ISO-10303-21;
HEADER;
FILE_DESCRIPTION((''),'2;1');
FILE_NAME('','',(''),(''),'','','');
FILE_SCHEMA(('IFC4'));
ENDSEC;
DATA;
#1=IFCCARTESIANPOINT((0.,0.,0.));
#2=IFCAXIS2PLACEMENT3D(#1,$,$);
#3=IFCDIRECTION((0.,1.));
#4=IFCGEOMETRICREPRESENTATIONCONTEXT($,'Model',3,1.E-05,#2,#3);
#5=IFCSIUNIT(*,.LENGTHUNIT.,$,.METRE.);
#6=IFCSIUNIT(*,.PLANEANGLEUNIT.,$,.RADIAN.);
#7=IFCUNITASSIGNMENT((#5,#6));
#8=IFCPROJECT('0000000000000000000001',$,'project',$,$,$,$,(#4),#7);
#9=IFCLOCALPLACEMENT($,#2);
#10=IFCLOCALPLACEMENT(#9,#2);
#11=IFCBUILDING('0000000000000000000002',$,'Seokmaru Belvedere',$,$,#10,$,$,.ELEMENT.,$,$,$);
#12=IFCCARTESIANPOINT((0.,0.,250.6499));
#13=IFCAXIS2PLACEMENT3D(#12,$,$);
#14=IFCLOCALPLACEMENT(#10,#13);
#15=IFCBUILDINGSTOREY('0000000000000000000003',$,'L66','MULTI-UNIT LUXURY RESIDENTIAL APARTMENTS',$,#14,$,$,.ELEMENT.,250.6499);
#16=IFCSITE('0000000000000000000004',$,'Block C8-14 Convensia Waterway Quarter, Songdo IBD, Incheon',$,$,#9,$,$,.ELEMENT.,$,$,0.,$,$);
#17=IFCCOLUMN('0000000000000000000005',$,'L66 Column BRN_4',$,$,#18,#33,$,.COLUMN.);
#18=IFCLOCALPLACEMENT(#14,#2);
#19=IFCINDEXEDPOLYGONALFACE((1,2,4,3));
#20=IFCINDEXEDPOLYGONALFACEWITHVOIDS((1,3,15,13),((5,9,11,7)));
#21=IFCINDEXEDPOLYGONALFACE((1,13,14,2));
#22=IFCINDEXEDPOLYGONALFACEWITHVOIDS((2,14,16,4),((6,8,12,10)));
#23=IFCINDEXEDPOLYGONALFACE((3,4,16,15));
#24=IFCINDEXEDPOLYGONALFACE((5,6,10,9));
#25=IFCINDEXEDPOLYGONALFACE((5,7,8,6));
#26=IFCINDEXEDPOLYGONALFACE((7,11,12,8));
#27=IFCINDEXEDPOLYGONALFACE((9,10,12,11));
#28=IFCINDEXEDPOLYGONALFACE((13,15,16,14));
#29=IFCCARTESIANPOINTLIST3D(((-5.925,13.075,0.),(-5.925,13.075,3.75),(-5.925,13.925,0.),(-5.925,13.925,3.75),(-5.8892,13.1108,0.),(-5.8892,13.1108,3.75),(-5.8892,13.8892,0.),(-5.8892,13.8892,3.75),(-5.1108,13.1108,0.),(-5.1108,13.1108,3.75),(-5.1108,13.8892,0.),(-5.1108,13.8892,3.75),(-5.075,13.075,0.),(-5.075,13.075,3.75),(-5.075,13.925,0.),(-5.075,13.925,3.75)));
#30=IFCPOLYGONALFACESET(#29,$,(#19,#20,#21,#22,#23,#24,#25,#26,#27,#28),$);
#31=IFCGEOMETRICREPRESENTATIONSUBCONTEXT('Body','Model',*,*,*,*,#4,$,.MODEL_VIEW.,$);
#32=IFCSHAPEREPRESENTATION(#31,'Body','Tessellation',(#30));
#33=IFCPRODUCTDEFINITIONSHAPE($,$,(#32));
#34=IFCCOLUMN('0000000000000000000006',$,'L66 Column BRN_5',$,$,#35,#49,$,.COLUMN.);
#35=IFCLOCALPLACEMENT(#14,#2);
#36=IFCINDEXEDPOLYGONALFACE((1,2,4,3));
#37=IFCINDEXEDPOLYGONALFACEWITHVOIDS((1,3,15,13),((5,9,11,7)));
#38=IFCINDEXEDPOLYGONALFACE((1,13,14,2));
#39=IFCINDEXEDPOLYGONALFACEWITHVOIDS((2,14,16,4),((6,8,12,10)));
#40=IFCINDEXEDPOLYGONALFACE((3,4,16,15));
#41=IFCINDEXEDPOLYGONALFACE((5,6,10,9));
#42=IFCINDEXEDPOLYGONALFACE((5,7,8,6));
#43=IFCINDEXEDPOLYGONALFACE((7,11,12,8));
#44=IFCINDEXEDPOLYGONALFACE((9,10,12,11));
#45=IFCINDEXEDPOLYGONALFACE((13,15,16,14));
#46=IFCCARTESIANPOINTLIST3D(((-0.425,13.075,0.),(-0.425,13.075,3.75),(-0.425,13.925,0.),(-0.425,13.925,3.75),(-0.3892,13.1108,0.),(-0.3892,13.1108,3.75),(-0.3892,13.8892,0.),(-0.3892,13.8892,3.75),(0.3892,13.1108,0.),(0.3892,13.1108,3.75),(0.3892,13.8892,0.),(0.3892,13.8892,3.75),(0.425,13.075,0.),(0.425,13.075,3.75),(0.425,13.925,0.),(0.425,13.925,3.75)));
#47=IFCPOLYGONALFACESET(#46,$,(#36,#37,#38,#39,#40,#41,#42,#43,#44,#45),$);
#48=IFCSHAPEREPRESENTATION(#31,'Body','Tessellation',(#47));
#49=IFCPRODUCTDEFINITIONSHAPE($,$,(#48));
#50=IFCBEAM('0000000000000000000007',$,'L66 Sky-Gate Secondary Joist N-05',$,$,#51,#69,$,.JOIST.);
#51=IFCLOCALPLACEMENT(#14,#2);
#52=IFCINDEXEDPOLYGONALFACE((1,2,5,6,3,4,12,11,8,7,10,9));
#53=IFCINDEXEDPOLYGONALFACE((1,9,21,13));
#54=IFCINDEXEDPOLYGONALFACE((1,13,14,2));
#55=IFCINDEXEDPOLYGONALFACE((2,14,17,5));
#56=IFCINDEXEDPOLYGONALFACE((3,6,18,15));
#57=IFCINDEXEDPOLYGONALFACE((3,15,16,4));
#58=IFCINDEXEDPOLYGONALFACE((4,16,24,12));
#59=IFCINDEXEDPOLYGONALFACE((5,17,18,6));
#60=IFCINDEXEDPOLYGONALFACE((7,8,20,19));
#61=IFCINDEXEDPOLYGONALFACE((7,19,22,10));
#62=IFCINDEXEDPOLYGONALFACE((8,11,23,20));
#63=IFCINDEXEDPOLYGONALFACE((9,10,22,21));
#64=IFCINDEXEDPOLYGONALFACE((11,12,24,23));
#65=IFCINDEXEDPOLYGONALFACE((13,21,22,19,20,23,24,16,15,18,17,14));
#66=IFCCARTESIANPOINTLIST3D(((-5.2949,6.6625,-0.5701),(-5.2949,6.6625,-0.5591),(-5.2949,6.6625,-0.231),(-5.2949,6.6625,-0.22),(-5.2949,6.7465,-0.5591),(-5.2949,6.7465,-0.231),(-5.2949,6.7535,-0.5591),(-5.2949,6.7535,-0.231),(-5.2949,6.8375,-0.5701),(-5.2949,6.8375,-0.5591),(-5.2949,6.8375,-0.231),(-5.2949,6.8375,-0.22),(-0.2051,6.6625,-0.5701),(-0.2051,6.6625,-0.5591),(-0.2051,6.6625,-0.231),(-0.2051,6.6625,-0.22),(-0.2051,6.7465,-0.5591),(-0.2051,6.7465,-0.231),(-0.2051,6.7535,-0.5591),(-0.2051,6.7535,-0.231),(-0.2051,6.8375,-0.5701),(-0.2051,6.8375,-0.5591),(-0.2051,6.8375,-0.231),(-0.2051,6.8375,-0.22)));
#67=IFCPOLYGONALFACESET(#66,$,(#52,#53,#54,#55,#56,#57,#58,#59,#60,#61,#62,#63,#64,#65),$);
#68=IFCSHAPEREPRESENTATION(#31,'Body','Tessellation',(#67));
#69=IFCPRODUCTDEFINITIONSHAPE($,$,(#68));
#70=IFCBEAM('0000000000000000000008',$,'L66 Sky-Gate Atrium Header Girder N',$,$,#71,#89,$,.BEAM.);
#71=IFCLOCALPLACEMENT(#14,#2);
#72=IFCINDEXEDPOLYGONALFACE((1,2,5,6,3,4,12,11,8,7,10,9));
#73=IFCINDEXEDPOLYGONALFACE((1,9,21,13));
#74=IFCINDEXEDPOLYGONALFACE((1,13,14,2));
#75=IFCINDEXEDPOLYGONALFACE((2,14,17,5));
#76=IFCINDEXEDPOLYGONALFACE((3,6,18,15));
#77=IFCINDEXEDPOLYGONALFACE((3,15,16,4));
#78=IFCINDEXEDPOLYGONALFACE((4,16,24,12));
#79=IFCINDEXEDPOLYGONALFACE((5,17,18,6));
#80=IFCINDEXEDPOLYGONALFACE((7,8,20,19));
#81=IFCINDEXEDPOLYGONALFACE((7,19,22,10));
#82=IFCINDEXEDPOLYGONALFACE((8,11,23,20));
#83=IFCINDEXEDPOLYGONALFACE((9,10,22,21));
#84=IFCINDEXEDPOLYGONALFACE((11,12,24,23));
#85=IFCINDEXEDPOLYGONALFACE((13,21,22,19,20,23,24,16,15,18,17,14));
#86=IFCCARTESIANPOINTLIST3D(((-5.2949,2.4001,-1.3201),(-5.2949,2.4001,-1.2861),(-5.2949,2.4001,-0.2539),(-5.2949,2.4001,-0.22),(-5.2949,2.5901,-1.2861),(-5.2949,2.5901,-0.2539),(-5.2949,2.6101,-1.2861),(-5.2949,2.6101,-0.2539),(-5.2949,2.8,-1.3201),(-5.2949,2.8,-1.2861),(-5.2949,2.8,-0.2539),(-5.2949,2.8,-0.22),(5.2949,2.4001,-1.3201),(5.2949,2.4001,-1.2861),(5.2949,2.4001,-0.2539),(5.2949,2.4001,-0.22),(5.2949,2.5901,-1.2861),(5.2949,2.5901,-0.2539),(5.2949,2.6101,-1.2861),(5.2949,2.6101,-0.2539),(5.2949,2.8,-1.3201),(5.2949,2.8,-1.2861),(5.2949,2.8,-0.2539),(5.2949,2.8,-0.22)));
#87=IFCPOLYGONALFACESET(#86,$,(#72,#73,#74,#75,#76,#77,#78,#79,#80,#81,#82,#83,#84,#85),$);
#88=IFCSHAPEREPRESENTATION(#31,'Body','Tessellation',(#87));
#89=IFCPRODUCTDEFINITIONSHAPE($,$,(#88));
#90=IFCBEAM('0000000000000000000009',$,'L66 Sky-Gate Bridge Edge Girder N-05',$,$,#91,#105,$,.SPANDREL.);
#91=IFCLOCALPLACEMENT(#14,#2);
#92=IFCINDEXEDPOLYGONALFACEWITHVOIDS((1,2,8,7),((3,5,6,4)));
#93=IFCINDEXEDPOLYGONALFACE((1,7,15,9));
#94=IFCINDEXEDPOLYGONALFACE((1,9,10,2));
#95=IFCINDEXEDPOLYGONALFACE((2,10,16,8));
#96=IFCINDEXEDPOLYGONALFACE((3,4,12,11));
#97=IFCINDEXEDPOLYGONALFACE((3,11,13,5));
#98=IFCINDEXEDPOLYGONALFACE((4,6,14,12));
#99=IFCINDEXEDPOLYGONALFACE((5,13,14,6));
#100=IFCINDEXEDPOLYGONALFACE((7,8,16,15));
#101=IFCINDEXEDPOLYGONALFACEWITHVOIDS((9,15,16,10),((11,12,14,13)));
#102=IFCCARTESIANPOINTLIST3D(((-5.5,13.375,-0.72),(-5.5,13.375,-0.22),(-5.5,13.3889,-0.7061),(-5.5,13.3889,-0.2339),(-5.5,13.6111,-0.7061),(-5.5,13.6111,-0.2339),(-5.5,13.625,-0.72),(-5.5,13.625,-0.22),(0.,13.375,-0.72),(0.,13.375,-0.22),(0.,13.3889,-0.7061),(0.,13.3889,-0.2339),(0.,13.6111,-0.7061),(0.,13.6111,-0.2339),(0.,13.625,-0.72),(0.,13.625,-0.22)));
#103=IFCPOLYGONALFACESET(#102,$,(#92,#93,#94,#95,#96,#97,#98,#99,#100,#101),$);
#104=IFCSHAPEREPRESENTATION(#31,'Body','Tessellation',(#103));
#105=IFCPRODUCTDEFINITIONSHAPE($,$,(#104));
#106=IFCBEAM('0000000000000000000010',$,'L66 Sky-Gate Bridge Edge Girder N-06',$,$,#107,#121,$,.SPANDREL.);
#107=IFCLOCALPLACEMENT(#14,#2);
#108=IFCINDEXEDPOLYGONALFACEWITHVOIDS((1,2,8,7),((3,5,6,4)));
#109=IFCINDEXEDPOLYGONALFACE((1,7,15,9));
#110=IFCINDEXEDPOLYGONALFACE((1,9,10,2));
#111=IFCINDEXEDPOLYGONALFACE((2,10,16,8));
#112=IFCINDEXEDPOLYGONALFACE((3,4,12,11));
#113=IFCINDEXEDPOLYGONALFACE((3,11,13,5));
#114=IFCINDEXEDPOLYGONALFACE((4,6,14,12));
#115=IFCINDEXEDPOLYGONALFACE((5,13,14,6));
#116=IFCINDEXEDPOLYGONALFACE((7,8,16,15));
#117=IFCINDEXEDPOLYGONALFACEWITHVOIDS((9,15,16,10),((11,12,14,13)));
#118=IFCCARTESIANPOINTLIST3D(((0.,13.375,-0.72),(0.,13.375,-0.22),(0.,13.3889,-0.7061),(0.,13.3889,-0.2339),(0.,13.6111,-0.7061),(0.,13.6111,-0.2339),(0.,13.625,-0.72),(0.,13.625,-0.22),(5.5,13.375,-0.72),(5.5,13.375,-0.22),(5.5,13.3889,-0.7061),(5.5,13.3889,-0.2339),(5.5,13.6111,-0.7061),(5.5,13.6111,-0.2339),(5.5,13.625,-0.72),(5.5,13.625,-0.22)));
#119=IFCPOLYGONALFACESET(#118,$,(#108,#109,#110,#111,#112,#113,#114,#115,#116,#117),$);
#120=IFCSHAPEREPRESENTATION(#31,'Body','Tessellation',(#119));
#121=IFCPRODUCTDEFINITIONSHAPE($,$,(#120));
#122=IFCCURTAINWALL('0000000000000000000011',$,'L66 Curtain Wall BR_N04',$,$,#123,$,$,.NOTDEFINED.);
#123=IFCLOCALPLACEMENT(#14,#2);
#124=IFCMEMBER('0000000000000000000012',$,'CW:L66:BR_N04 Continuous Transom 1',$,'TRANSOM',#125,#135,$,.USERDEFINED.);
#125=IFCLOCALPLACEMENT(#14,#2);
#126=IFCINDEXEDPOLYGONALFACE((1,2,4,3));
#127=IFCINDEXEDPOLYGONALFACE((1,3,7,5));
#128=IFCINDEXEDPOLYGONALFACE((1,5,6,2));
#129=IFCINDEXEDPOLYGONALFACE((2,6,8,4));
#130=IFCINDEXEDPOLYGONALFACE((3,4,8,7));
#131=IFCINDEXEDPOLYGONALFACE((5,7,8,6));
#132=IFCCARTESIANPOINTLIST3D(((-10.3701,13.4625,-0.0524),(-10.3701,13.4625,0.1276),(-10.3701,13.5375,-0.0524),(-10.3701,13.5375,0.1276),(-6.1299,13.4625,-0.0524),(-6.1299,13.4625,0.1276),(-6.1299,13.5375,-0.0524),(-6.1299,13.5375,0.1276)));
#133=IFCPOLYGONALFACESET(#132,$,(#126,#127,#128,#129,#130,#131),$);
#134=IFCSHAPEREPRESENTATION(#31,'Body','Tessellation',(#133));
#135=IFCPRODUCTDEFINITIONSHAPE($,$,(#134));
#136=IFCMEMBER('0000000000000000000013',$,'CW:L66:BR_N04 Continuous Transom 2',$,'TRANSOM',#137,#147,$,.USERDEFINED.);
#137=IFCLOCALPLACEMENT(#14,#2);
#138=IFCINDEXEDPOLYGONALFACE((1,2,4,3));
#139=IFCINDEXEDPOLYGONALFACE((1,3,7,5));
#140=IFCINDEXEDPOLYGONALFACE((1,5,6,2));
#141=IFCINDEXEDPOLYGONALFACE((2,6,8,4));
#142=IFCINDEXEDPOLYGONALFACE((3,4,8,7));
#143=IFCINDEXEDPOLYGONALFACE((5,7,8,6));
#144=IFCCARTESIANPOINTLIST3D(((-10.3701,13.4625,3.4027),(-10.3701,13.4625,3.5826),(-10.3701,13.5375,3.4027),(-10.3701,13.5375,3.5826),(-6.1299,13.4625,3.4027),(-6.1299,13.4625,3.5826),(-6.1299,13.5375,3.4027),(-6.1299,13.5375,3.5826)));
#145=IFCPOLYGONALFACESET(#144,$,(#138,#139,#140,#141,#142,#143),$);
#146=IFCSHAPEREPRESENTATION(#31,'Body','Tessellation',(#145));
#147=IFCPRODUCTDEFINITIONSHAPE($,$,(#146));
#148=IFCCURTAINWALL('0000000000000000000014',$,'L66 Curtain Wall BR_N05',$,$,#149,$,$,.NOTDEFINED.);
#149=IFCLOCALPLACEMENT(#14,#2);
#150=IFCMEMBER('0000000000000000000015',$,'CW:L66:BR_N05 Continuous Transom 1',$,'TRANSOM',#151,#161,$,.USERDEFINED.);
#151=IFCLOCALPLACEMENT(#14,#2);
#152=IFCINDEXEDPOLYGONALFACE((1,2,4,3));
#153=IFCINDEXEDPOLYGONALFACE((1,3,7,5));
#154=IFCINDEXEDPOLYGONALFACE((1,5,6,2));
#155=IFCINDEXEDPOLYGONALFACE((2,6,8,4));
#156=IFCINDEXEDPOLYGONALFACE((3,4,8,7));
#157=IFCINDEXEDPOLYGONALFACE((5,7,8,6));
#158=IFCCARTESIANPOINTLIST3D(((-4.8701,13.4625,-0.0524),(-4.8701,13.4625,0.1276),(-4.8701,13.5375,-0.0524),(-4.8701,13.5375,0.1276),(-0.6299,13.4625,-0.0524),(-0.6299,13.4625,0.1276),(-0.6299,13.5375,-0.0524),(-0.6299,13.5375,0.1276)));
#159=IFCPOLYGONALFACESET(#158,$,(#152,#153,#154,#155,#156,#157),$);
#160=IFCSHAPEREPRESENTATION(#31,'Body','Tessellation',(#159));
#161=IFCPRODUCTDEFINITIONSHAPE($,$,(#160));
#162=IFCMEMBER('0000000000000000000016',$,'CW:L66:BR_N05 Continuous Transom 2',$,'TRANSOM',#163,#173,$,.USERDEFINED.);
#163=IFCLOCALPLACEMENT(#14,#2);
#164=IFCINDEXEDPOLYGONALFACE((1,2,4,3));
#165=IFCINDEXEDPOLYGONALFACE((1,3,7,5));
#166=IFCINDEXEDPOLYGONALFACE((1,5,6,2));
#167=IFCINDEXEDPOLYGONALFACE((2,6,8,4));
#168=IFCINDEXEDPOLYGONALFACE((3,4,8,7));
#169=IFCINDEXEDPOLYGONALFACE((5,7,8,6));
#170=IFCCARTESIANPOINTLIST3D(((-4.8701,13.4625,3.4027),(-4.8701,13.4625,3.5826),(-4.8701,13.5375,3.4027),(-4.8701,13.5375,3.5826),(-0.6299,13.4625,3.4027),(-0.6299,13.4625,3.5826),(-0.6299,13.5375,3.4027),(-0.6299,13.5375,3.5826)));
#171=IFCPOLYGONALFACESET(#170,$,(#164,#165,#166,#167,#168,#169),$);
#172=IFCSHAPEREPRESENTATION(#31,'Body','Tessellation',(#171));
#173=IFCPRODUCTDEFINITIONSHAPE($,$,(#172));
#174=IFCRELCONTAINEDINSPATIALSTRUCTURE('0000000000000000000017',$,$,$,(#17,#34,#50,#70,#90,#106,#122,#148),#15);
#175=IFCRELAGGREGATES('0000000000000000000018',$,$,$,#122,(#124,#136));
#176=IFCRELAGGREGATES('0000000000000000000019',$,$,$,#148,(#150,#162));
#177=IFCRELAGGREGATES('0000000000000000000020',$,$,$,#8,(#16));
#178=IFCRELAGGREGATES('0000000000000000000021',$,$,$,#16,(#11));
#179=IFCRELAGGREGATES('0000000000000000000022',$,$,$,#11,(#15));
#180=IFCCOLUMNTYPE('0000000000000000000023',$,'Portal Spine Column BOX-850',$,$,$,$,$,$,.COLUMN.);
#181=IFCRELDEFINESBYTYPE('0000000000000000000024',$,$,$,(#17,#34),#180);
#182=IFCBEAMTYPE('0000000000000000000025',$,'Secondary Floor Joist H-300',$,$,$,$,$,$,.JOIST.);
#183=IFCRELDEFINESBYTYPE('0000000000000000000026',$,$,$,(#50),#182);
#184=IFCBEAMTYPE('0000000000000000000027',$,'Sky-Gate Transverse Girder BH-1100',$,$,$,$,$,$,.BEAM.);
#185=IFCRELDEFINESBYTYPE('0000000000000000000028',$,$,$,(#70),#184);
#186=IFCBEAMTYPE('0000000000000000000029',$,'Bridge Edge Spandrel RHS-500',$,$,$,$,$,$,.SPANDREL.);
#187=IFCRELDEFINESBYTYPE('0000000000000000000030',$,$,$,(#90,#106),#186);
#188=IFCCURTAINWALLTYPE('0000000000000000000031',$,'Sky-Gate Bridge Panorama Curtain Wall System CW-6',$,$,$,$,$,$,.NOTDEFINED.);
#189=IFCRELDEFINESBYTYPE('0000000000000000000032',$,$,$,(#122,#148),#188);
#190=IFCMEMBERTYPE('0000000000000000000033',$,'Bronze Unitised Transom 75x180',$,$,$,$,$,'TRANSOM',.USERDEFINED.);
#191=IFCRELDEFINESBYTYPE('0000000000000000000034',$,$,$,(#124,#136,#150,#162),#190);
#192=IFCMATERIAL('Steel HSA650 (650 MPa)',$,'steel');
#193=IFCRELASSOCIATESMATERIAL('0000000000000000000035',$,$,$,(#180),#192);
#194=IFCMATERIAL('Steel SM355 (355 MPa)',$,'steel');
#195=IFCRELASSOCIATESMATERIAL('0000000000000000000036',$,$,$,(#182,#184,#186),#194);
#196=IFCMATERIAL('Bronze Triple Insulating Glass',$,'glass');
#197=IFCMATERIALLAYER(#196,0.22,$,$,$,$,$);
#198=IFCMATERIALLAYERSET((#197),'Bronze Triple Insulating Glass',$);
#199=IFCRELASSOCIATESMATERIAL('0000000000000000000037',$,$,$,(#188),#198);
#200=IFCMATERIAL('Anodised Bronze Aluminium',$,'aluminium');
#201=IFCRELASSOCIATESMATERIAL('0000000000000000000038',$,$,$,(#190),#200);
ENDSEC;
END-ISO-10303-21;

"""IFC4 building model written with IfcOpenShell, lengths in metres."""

from ifc_helpers import new_model, si_unit, direction, frame, origin, origin_2d, place, context, subcontext, project, spatial, rectangle, hollow_rectangle, i_section, extrude, source, transform, mapped, material, layer, layer_set, material_profile, profile_set, type_object, type_shapes, element, aggregate, save


model = new_model("IFC4")

# Units and contexts
model_context = context("Model", 3, precision=1e-05, world=origin(), true_north=direction((0.0, 1.0)))
body_context = subcontext(model_context, "Body", "Model", "MODEL_VIEW")
ifc_project = project(units=[si_unit("LENGTHUNIT", "METRE"), si_unit("PLANEANGLEUNIT", "RADIAN")], contexts=[model_context])

# Site, building, storey
site_placement = place(None, origin())
site = spatial("IfcSite", under=ifc_project, at=site_placement, Name="Block C8-14 Convensia Waterway Quarter, Songdo IBD, Incheon", CompositionType="ELEMENT", RefElevation=0.0)
building_placement = place(site_placement, origin())
building = spatial("IfcBuilding", under=site, at=building_placement, Name="Seokmaru Belvedere", CompositionType="ELEMENT")
storey_placement = place(building_placement, frame((0.0, 0.0, 250.6499)))
storey = spatial("IfcBuildingStorey", under=building, at=storey_placement, Name="L66", Description="MULTI-UNIT LUXURY RESIDENTIAL APARTMENTS", CompositionType="ELEMENT", Elevation=250.6499)

# Columns
ifc_material_1 = material(Name="Steel HSA650 (650 MPa)", Category="steel")
ifc_material_profile_1 = material_profile(ifc_material_1, hollow_rectangle(XDim=0.8501, YDim=0.8501, WallThickness=0.0359, at=origin_2d()), Name="BOX-850x850x36")
ifc_profile_set_1 = profile_set([ifc_material_profile_1], Name="Steel HSA650 (650 MPa)")
column_type = type_object("IfcColumnType", Name="Portal Spine Column BOX-850", PredefinedType="COLUMN", material=ifc_profile_set_1)
shared_shape_1 = source(origin(), body_context, "Body", "SweptSolid", [
    extrude(hollow_rectangle(XDim=0.8501, YDim=0.8501, WallThickness=0.0359, at=origin_2d()), origin(), (0.0, 0.0, 1.0), 3.75),
])
type_shapes(column_type, [shared_shape_1])
for number, where, z_axis, x_axis, name in (
    (1, (-5.5, 13.5, 0.0), (0.0, 0.0, 1.0), (1.0, 0.0, 0.0), "L66 Column BRN_4"),
    (2, (0.0, 13.5, 0.0), (0.0, 0.0, 1.0), (1.0, 0.0, 0.0), "L66 Column BRN_5"),
):
    element("IfcColumn", number, at=place(storey_placement, frame(where, z_axis=z_axis, x_axis=x_axis)), inside=storey, type_object=column_type, Name=name, PredefinedType="COLUMN", context=body_context, shape_type="MappedRepresentation", body=[
        mapped(shared_shape_1, transform((0.0, 0.0, 0.0), scale=1.0)),
    ])

# Beams
ifc_material_2 = material(Name="Steel SM355 (355 MPa)", Category="steel")
ifc_material_profile_2 = material_profile(ifc_material_2, i_section(OverallWidth=0.175, OverallDepth=0.3501, WebThickness=0.0071, FlangeThickness=0.011, at=origin_2d()), Name="H-350x175x7x11")
ifc_profile_set_2 = profile_set([ifc_material_profile_2], Name="Steel SM355 (355 MPa)")
beam_type_1 = type_object("IfcBeamType", Name="Secondary Floor Joist H-300", PredefinedType="JOIST", material=ifc_profile_set_2)
shared_shape_2 = source(origin(), body_context, "Body", "SweptSolid", [
    extrude(i_section(OverallWidth=0.175, OverallDepth=0.3501, WebThickness=0.0071, FlangeThickness=0.011, at=origin_2d()), origin(), (0.0, 0.0, 1.0), 5.0898),
])
type_shapes(beam_type_1, [shared_shape_2])
beam_1_placement = place(storey_placement, frame((-5.2949, 6.75, -0.395), z_axis=(1.0, 0.0, 0.0), x_axis=(0.0, 1.0, 0.0)))
element("IfcBeam", 3, at=beam_1_placement, inside=storey, type_object=beam_type_1, Name="L66 Sky-Gate Secondary Joist N-05", PredefinedType="JOIST", context=body_context, shape_type="MappedRepresentation", body=[
    mapped(shared_shape_2, transform((0.0, 0.0, 0.0), scale=1.0)),
])
ifc_material_profile_3 = material_profile(ifc_material_2, i_section(OverallWidth=0.3999, OverallDepth=1.1001, WebThickness=0.02, FlangeThickness=0.0339, at=origin_2d()), Name="BH-1100x400x20x34")
ifc_profile_set_3 = profile_set([ifc_material_profile_3], Name="Steel SM355 (355 MPa)")
beam_type_2 = type_object("IfcBeamType", Name="Sky-Gate Transverse Girder BH-1100", PredefinedType="BEAM", material=ifc_profile_set_3)
shared_shape_3 = source(origin(), body_context, "Body", "SweptSolid", [
    extrude(i_section(OverallWidth=0.3999, OverallDepth=1.1001, WebThickness=0.02, FlangeThickness=0.0339, at=origin_2d()), origin(), (0.0, 0.0, 1.0), 10.5898),
])
type_shapes(beam_type_2, [shared_shape_3])
beam_2_placement = place(storey_placement, frame((-5.2949, 2.6001, -0.77), z_axis=(1.0, 0.0, 0.0), x_axis=(0.0, 1.0, 0.0)))
element("IfcBeam", 4, at=beam_2_placement, inside=storey, type_object=beam_type_2, Name="L66 Sky-Gate Atrium Header Girder N", PredefinedType="BEAM", context=body_context, shape_type="MappedRepresentation", body=[
    mapped(shared_shape_3, transform((0.0, 0.0, 0.0), scale=1.0)),
])
ifc_material_profile_4 = material_profile(ifc_material_2, hollow_rectangle(XDim=0.25, YDim=0.5, WallThickness=0.0139, at=origin_2d()), Name="RHS-500x250x14")
ifc_profile_set_4 = profile_set([ifc_material_profile_4], Name="Steel SM355 (355 MPa)")
beam_type_3 = type_object("IfcBeamType", Name="Bridge Edge Spandrel RHS-500", PredefinedType="SPANDREL", material=ifc_profile_set_4)
shared_shape_4 = source(origin(), body_context, "Body", "SweptSolid", [
    extrude(hollow_rectangle(XDim=0.25, YDim=0.5, WallThickness=0.0139, at=origin_2d()), origin(), (0.0, 0.0, 1.0), 5.5),
])
type_shapes(beam_type_3, [shared_shape_4])
for number, where, z_axis, x_axis, name in (
    (5, (-5.5, 13.5, -0.47), (1.0, 0.0, 0.0), (0.0, 1.0, 0.0), "L66 Sky-Gate Bridge Edge Girder N-05"),
    (6, (0.0, 13.5, -0.47), (1.0, 0.0, 0.0), (0.0, 1.0, 0.0), "L66 Sky-Gate Bridge Edge Girder N-06"),
):
    element("IfcBeam", number, at=place(storey_placement, frame(where, z_axis=z_axis, x_axis=x_axis)), inside=storey, type_object=beam_type_3, Name=name, PredefinedType="SPANDREL", context=body_context, shape_type="MappedRepresentation", body=[
        mapped(shared_shape_4, transform((0.0, 0.0, 0.0), scale=1.0)),
    ])

# Curtain walls, members
ifc_material_3 = material(Name="Bronze Triple Insulating Glass", Category="glass")
ifc_layer_1 = layer(ifc_material_3, 0.22)
ifc_layer_set_1 = layer_set([ifc_layer_1], Name="Bronze Triple Insulating Glass")
curtain_wall_type = type_object("IfcCurtainWallType", Name="Sky-Gate Bridge Panorama Curtain Wall System CW-6", PredefinedType="NOTDEFINED", material=ifc_layer_set_1)
curtain_wall_1_placement = place(storey_placement, origin())
curtain_wall_1 = element("IfcCurtainWall", 7, at=curtain_wall_1_placement, inside=storey, type_object=curtain_wall_type, Name="L66 Curtain Wall BR_N04", PredefinedType="NOTDEFINED")
ifc_material_4 = material(Name="Anodised Bronze Aluminium", Category="aluminium")
ifc_material_profile_5 = material_profile(ifc_material_4, rectangle(XDim=0.075, YDim=0.1799, at=origin_2d()), Name="CW-T-75x180")
ifc_profile_set_5 = profile_set([ifc_material_profile_5], Name="Anodised Bronze Aluminium")
member_type_1 = type_object("IfcMemberType", Name="Bronze Unitised Transom 75x180", ElementType="TRANSOM", PredefinedType="USERDEFINED", material=ifc_profile_set_5)
shared_shape_5 = source(origin(), body_context, "Body", "SweptSolid", [
    extrude(rectangle(XDim=0.075, YDim=0.1799, at=origin_2d()), origin(), (0.0, 0.0, 1.0), 4.2402),
])
type_shapes(member_type_1, [shared_shape_5])
member_1_placement = place(storey_placement, frame((-6.1299, 13.5, 0.0376), z_axis=(-1.0, 0.0, 0.0), x_axis=(0.0, -1.0, 0.0)))
member_1 = element("IfcMember", 8, at=member_1_placement, type_object=member_type_1, Name="CW:L66:BR_N04 Continuous Transom 1", ObjectType="TRANSOM", PredefinedType="USERDEFINED", context=body_context, shape_type="MappedRepresentation", body=[
    mapped(shared_shape_5, transform((0.0, 0.0, 0.0), scale=1.0)),
])
member_2_placement = place(storey_placement, frame((-6.1299, 13.5, 3.4927), z_axis=(-1.0, 0.0, 0.0), x_axis=(0.0, -1.0, 0.0)))
member_2 = element("IfcMember", 9, at=member_2_placement, type_object=member_type_1, Name="CW:L66:BR_N04 Continuous Transom 2", ObjectType="TRANSOM", PredefinedType="USERDEFINED", context=body_context, shape_type="MappedRepresentation", body=[
    mapped(shared_shape_5, transform((0.0, 0.0, 0.0), scale=1.0)),
])
curtain_wall_2_placement = place(storey_placement, origin())
curtain_wall_2 = element("IfcCurtainWall", 10, at=curtain_wall_2_placement, inside=storey, type_object=curtain_wall_type, Name="L66 Curtain Wall BR_N05", PredefinedType="NOTDEFINED")
member_3_placement = place(storey_placement, frame((-0.6299, 13.5, 0.0376), z_axis=(-1.0, 0.0, 0.0), x_axis=(0.0, -1.0, 0.0)))
member_3 = element("IfcMember", 11, at=member_3_placement, type_object=member_type_1, Name="CW:L66:BR_N05 Continuous Transom 1", ObjectType="TRANSOM", PredefinedType="USERDEFINED", context=body_context, shape_type="MappedRepresentation", body=[
    mapped(shared_shape_5, transform((0.0, 0.0, 0.0), scale=1.0)),
])
member_4_placement = place(storey_placement, frame((-0.6299, 13.5, 3.4927), z_axis=(-1.0, 0.0, 0.0), x_axis=(0.0, -1.0, 0.0)))
member_4 = element("IfcMember", 12, at=member_4_placement, type_object=member_type_1, Name="CW:L66:BR_N05 Continuous Transom 2", ObjectType="TRANSOM", PredefinedType="USERDEFINED", context=body_context, shape_type="MappedRepresentation", body=[
    mapped(shared_shape_5, transform((0.0, 0.0, 0.0), scale=1.0)),
])

aggregate(curtain_wall_1, [member_1, member_2])
aggregate(curtain_wall_2, [member_3, member_4])

save(model, "model.ifc")
